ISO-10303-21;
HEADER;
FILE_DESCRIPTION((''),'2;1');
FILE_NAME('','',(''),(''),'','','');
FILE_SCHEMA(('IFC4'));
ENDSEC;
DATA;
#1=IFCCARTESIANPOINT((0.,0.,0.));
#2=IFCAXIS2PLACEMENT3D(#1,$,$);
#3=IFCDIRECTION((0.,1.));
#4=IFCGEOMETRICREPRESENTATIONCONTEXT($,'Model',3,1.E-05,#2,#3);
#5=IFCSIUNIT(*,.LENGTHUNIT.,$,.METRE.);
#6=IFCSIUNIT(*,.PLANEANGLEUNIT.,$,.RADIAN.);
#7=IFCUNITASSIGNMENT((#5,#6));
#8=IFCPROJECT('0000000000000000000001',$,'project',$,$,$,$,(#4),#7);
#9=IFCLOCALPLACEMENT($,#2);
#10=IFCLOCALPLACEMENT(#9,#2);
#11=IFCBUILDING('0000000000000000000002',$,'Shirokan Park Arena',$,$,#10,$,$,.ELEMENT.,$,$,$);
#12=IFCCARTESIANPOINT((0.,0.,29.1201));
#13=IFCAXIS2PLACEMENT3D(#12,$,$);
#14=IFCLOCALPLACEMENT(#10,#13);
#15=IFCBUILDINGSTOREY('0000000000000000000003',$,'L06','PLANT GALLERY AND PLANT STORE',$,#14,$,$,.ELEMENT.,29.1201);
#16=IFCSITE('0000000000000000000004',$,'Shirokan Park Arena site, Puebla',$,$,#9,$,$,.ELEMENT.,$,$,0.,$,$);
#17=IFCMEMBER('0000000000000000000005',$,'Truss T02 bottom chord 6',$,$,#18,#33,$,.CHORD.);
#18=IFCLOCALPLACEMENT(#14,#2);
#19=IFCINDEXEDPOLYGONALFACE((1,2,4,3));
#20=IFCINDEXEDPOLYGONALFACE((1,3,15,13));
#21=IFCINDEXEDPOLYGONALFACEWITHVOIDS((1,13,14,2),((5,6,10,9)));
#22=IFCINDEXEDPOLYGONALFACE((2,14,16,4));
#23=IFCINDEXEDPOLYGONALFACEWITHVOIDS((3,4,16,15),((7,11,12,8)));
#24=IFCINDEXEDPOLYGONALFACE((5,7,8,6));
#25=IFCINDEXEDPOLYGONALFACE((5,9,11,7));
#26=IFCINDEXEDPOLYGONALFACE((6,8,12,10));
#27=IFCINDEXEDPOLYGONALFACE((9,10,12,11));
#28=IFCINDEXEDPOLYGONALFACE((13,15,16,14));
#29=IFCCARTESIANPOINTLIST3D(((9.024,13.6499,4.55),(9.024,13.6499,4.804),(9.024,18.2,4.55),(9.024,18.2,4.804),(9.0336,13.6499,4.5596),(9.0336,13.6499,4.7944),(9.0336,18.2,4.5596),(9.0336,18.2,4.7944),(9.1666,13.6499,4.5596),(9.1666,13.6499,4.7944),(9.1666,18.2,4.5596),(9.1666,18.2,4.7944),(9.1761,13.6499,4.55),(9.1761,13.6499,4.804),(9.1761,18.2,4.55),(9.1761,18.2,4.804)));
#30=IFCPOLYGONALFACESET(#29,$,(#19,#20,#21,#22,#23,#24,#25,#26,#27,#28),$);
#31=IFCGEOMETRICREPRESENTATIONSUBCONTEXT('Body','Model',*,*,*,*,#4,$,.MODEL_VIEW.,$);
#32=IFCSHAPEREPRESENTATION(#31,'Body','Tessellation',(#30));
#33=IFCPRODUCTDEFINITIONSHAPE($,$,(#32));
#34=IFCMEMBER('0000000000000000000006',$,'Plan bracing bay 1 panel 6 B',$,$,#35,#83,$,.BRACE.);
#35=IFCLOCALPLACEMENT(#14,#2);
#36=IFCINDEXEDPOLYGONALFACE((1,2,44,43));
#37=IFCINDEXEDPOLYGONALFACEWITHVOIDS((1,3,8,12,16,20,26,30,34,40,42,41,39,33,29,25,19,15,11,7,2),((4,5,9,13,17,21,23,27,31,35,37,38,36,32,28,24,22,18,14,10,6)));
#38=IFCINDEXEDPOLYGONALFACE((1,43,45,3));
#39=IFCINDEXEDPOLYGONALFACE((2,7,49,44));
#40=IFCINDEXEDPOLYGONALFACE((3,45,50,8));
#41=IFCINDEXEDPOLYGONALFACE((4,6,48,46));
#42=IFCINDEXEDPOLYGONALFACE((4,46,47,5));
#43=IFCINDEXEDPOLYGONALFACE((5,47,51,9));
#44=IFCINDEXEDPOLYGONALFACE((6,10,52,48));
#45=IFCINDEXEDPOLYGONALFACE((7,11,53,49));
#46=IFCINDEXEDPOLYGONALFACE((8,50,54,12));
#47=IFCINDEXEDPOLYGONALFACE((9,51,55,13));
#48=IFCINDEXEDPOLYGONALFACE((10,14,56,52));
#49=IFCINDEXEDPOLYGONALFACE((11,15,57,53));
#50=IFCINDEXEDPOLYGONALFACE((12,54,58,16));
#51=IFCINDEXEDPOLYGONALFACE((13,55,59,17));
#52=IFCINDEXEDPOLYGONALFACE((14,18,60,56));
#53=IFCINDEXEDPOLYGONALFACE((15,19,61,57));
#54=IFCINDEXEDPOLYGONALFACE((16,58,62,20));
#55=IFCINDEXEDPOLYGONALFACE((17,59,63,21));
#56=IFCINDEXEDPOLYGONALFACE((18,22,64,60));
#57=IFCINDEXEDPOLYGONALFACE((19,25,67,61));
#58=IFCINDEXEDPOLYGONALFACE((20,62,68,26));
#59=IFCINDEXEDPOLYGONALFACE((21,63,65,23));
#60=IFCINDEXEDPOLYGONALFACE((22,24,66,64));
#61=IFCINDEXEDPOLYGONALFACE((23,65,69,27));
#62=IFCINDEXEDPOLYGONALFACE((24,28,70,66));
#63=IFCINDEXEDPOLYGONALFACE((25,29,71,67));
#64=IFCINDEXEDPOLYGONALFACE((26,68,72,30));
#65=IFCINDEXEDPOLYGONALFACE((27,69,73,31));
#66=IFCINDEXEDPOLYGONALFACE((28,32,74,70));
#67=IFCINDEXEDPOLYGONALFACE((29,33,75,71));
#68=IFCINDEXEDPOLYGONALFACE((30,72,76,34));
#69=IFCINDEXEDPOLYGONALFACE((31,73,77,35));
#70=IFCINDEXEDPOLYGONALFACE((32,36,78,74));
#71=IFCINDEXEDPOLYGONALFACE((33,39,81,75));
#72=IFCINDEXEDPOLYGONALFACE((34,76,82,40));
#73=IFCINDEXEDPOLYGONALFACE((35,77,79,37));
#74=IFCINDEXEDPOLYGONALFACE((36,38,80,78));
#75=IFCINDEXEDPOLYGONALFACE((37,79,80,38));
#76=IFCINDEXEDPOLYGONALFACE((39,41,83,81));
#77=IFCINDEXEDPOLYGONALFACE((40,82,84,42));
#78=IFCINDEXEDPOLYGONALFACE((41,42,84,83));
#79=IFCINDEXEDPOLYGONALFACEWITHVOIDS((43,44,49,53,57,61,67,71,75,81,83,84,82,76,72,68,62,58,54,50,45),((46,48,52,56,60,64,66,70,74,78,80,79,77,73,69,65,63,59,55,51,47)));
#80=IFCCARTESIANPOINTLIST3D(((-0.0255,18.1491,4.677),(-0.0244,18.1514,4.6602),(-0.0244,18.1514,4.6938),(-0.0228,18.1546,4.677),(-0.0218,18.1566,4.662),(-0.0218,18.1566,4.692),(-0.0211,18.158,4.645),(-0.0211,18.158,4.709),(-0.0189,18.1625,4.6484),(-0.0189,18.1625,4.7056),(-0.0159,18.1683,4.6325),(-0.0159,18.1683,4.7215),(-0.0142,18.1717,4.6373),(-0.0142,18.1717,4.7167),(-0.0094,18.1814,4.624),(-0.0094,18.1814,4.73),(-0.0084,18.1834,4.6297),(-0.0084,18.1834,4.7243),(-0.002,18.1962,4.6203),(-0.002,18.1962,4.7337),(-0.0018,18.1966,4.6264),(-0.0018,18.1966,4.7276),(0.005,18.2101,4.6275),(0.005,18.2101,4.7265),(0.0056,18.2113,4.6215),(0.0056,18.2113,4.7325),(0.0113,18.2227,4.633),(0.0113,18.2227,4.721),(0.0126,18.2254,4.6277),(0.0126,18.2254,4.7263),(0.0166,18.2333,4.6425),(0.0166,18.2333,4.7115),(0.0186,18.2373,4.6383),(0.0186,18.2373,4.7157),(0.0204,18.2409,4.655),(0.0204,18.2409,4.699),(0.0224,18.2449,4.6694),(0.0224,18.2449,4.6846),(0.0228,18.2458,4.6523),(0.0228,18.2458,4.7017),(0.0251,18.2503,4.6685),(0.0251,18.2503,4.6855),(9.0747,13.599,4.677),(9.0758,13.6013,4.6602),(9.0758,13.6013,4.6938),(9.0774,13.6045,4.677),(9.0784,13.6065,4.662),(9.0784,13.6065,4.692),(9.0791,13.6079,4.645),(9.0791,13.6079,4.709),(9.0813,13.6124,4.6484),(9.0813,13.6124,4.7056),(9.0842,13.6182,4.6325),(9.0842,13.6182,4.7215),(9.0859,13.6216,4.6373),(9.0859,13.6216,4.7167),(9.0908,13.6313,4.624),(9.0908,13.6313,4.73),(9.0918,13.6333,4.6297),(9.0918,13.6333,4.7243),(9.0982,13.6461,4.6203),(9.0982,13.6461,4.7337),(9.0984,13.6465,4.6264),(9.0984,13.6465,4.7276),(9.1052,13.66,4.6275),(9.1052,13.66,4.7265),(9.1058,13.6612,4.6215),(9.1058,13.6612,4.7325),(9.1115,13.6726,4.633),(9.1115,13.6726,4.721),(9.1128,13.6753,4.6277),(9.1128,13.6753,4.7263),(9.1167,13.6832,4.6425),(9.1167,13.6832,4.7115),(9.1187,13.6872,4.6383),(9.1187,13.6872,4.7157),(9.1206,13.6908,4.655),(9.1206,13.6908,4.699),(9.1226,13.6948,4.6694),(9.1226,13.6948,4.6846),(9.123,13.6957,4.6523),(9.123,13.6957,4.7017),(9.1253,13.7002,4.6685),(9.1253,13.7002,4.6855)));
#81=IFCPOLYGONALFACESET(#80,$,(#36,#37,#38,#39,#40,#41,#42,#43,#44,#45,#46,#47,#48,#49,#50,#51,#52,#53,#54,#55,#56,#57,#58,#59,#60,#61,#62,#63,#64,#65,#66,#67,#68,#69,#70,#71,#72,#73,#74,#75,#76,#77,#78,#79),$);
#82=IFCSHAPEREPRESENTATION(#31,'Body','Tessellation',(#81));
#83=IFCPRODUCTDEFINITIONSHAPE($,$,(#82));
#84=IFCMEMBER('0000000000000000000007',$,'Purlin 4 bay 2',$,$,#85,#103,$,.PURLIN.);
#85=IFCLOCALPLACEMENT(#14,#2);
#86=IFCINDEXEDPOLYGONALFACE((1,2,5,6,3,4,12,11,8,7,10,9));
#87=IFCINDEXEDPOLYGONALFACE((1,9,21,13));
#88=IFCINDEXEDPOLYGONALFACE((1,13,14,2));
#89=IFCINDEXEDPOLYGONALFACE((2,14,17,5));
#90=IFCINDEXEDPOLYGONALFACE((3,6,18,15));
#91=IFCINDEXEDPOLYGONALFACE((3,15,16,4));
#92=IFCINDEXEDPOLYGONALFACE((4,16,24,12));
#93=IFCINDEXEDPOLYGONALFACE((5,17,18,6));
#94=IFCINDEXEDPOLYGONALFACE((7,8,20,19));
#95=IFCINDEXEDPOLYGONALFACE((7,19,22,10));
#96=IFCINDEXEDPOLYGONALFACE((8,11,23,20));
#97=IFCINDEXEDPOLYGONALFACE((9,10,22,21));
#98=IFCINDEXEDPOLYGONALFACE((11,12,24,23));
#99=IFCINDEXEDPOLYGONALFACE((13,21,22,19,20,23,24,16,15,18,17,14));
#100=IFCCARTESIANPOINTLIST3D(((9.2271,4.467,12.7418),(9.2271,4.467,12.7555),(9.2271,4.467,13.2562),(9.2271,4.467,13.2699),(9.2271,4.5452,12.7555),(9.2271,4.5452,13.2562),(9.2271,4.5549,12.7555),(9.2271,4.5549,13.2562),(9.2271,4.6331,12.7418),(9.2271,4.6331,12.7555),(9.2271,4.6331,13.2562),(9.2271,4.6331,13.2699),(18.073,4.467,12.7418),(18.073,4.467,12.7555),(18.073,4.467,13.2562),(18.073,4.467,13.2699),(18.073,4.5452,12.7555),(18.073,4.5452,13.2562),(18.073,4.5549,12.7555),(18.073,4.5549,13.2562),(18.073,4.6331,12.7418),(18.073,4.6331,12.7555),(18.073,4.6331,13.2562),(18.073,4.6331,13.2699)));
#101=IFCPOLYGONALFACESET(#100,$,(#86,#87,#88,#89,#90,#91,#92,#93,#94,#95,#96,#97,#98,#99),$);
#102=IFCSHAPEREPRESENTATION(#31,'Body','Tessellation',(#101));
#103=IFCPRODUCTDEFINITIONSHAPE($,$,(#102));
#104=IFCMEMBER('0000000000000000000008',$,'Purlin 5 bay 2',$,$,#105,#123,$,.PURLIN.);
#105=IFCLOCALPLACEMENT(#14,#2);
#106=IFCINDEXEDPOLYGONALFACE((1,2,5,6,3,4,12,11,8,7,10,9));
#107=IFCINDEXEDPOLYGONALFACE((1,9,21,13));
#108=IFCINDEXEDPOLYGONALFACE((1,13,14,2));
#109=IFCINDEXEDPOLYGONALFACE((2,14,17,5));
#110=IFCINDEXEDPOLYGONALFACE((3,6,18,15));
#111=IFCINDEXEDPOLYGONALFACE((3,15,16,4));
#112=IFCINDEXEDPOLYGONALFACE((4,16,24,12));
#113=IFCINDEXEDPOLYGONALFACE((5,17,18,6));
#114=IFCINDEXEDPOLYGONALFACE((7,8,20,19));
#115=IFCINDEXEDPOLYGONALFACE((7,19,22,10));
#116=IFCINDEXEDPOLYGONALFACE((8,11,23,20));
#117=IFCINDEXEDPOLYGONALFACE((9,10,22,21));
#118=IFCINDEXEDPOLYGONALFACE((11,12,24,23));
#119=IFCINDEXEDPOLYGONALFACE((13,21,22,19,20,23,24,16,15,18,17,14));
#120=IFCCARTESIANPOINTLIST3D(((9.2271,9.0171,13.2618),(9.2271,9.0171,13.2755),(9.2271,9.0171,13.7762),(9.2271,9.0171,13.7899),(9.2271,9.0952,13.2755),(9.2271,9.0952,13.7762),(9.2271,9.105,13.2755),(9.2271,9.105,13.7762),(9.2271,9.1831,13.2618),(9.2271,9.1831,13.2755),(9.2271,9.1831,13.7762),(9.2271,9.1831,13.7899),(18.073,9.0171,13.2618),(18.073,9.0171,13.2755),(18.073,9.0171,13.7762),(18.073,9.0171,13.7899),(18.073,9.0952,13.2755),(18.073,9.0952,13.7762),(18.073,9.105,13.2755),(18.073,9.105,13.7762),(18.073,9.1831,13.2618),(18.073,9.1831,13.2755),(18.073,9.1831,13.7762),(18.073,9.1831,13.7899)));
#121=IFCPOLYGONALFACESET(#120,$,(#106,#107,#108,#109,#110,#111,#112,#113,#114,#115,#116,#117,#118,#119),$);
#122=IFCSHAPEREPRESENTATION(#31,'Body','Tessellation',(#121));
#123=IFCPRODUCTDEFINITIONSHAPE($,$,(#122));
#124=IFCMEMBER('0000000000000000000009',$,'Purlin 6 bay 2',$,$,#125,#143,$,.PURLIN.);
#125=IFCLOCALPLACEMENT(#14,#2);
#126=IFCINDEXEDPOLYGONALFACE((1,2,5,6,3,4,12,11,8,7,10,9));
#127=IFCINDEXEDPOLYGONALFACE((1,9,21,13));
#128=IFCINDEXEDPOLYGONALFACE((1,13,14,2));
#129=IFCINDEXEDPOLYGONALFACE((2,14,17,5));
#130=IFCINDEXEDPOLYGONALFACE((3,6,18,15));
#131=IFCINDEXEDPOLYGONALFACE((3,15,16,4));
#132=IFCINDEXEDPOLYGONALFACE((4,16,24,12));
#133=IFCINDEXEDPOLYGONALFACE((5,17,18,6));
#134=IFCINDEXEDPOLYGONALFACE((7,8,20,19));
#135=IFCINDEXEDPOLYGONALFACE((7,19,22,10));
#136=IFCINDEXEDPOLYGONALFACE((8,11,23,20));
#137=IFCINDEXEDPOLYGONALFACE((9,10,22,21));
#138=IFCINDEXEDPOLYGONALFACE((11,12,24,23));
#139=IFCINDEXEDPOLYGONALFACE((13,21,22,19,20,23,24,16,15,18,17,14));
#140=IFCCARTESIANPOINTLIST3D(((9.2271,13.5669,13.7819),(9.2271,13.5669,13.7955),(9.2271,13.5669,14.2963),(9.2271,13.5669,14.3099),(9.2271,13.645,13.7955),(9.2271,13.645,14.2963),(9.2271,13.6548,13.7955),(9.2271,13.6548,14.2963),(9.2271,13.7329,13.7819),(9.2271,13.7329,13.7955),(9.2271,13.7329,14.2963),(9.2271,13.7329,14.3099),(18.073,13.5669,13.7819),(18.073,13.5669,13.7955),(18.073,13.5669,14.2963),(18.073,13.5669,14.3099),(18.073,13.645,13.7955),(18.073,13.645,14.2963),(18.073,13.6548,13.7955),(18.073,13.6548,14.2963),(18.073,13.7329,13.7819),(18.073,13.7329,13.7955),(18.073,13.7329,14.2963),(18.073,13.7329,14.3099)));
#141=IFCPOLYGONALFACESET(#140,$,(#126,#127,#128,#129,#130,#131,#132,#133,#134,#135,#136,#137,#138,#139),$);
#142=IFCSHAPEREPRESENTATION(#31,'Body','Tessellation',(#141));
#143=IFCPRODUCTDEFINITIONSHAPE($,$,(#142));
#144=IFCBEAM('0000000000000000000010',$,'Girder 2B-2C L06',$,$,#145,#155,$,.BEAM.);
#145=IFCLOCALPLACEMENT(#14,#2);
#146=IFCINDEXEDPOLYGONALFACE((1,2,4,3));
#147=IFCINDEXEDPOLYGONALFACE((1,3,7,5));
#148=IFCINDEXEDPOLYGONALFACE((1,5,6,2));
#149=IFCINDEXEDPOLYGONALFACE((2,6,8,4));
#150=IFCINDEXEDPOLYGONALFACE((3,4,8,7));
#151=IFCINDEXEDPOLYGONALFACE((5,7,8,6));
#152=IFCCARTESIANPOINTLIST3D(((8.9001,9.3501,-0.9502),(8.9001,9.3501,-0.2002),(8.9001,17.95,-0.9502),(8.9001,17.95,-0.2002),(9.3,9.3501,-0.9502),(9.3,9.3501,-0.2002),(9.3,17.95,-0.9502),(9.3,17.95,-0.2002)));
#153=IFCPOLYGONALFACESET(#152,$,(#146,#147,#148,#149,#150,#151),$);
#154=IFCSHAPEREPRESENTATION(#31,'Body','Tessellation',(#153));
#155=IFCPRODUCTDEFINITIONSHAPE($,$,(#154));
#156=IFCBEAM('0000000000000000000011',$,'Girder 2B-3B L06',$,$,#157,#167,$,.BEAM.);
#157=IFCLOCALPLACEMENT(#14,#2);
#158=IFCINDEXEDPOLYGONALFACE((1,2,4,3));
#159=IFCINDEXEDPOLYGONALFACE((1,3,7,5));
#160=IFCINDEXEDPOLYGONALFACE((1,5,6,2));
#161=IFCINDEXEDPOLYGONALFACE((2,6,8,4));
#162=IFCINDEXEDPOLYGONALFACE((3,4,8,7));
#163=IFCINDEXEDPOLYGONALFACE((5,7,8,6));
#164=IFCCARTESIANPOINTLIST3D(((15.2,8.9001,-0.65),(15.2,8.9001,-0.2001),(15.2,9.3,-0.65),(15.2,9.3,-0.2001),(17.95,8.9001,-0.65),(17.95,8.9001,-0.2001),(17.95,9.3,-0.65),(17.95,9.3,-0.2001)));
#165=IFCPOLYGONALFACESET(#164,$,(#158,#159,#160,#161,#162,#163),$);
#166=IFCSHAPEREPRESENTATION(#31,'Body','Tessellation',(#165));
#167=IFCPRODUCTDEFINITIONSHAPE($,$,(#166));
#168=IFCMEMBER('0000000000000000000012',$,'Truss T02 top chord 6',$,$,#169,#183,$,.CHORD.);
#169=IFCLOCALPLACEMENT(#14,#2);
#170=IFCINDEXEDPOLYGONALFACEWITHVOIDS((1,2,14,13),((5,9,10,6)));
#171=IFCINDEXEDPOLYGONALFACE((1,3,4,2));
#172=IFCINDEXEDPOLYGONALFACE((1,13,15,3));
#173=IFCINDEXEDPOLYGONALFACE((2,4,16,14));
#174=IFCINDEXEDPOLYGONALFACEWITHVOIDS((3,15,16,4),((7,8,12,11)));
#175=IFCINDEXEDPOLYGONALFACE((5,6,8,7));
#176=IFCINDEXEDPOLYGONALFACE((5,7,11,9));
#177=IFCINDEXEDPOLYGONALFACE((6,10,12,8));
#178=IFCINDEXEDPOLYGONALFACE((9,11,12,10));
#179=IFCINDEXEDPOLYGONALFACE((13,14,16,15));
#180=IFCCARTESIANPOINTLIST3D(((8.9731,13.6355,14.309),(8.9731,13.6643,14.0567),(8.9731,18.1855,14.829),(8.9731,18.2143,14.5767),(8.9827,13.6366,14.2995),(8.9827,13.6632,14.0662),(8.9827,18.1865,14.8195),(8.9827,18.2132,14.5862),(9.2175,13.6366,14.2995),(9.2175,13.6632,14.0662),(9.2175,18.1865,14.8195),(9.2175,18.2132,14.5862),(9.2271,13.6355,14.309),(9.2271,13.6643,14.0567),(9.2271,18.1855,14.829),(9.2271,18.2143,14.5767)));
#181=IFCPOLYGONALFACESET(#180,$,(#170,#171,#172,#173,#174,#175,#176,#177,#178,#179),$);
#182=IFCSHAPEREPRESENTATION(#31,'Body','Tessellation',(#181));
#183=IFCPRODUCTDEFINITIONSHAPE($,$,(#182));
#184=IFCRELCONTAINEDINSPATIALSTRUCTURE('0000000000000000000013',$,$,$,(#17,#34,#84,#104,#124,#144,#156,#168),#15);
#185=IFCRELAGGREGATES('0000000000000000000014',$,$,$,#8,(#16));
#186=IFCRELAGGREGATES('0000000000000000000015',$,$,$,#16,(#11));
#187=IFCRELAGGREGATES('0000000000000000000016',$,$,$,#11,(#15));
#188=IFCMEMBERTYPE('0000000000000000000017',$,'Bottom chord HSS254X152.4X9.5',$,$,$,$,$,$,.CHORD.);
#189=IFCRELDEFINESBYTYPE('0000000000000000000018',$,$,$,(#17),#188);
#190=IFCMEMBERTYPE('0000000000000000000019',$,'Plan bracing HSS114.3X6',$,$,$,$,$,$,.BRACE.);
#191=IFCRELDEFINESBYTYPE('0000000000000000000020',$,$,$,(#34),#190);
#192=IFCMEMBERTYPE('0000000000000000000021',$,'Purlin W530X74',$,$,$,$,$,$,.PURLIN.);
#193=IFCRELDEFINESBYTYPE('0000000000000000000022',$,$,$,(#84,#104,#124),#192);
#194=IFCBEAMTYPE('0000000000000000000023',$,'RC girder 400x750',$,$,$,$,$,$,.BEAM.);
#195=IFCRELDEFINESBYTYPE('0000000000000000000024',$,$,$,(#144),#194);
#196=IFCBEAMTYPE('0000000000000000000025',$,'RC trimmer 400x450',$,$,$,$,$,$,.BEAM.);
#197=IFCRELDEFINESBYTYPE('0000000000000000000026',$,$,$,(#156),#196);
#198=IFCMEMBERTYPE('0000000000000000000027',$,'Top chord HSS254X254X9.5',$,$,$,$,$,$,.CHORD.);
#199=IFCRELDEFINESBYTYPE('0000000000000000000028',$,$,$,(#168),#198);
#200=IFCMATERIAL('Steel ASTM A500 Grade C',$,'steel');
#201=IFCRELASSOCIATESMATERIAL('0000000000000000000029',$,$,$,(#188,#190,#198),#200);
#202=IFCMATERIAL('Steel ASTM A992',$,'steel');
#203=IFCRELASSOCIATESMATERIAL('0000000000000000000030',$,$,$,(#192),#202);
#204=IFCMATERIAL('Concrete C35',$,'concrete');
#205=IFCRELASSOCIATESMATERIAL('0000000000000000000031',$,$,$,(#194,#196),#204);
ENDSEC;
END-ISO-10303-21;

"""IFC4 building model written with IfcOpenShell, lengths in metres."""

from ifc_helpers import new_model, si_unit, direction, frame, origin, origin_2d, place, context, subcontext, project, spatial, rectangle, hollow_rectangle, hollow_circle, i_section, extrude, material, material_profile, profile_set, type_object, element, save


model = new_model("IFC4")

# Units and contexts
model_context = context("Model", 3, precision=1e-05, world=origin(), true_north=direction((0.0, 1.0)))
body_context = subcontext(model_context, "Body", "Model", "MODEL_VIEW")
ifc_project = project(units=[si_unit("LENGTHUNIT", "METRE"), si_unit("PLANEANGLEUNIT", "RADIAN")], contexts=[model_context])

# Site, building, storey
site_placement = place(None, origin())
site = spatial("IfcSite", under=ifc_project, at=site_placement, Name="Shirokan Park Arena site, Puebla", CompositionType="ELEMENT", RefElevation=0.0)
building_placement = place(site_placement, origin())
building = spatial("IfcBuilding", under=site, at=building_placement, Name="Shirokan Park Arena", CompositionType="ELEMENT")
storey_placement = place(building_placement, frame((0.0, 0.0, 29.1201)))
storey = spatial("IfcBuildingStorey", under=building, at=storey_placement, Name="L06", Description="PLANT GALLERY AND PLANT STORE", CompositionType="ELEMENT", Elevation=29.1201)

# Members
ifc_material_1 = material(Name="Steel ASTM A500 Grade C", Category="steel")
ifc_material_profile_1 = material_profile(ifc_material_1, hollow_rectangle(XDim=0.1521, YDim=0.2539, WallThickness=0.0095, at=origin_2d()), Name="HSS254X152.4X9.5")
ifc_profile_set_1 = profile_set([ifc_material_profile_1], Name="Steel ASTM A500 Grade C")
member_type_1 = type_object("IfcMemberType", Name="Bottom chord HSS254X152.4X9.5", PredefinedType="CHORD", material=ifc_profile_set_1)
member_1_placement = place(storey_placement, frame((9.1001, 13.6499, 4.677), z_axis=(0.0, 1.0, 0.0), x_axis=(-1.0, 0.0, 0.0)))
element("IfcMember", 1, at=member_1_placement, inside=storey, type_object=member_type_1, Name="Truss T02 bottom chord 6", PredefinedType="CHORD", context=body_context, shape_type="SweptSolid", body=[
    extrude(hollow_rectangle(XDim=0.1521, YDim=0.2539, WallThickness=0.0095, at=origin_2d()), origin(), (0.0, 0.0, 1.0), 4.55),
])
ifc_material_profile_2 = material_profile(ifc_material_1, hollow_circle(Radius=0.0569, WallThickness=0.0061, at=origin_2d()), Name="HSS114.3X6")
ifc_profile_set_2 = profile_set([ifc_material_profile_2], Name="Steel ASTM A500 Grade C")
member_type_2 = type_object("IfcMemberType", Name="Plan bracing HSS114.3X6", PredefinedType="BRACE", material=ifc_profile_set_2)
member_2_placement = place(storey_placement, frame((9.1001, 13.6499, 4.677), z_axis=(-0.894427, 0.447214, 0.0), x_axis=(-0.447214, -0.894427, 0.0)))
element("IfcMember", 2, at=member_2_placement, inside=storey, type_object=member_type_2, Name="Plan bracing bay 1 panel 6 B", PredefinedType="BRACE", context=body_context, shape_type="SweptSolid", body=[
    extrude(hollow_circle(Radius=0.0569, WallThickness=0.0061, at=origin_2d()), origin(), (0.0, 0.0, 1.0), 10.1743),
])
ifc_material_2 = material(Name="Steel ASTM A992", Category="steel")
ifc_material_profile_3 = material_profile(ifc_material_2, i_section(OverallWidth=0.166, OverallDepth=0.5281, WebThickness=0.0098, FlangeThickness=0.0137, at=origin_2d()), Name="W530X74")
ifc_profile_set_3 = profile_set([ifc_material_profile_3], Name="Steel ASTM A992")
member_type_3 = type_object("IfcMemberType", Name="Purlin W530X74", PredefinedType="PURLIN", material=ifc_profile_set_3)
for number, where, z_axis, x_axis, name in (
    (3, (9.2271, 4.55, 13.0059), (1.0, 0.0, 0.0), (0.0, 1.0, 0.0), "Purlin 4 bay 2"),
    (4, (9.2271, 9.1001, 13.5259), (1.0, 0.0, 0.0), (0.0, 1.0, 0.0), "Purlin 5 bay 2"),
    (5, (9.2271, 13.6499, 14.0459), (1.0, 0.0, 0.0), (0.0, 1.0, 0.0), "Purlin 6 bay 2"),
):
    element("IfcMember", number, at=place(storey_placement, frame(where, z_axis=z_axis, x_axis=x_axis)), inside=storey, type_object=member_type_3, Name=name, PredefinedType="PURLIN", context=body_context, shape_type="SweptSolid", body=[
        extrude(i_section(OverallWidth=0.166, OverallDepth=0.5281, WebThickness=0.0098, FlangeThickness=0.0137, at=origin_2d()), origin(), (0.0, 0.0, 1.0), 8.8459),
    ])

# Beams
ifc_material_3 = material(Name="Concrete C35", Category="concrete")
ifc_material_profile_4 = material_profile(ifc_material_3, rectangle(XDim=0.3999, YDim=0.75, at=origin_2d()), Name="400x750")
ifc_profile_set_4 = profile_set([ifc_material_profile_4], Name="Concrete C35")
beam_type_1 = type_object("IfcBeamType", Name="RC girder 400x750", PredefinedType="BEAM", material=ifc_profile_set_4)
beam_1_placement = place(storey_placement, frame((9.1001, 9.3501, -0.5752), z_axis=(0.0, 1.0, 0.0), x_axis=(-1.0, 0.0, 0.0)))
element("IfcBeam", 6, at=beam_1_placement, inside=storey, type_object=beam_type_1, Name="Girder 2B-2C L06", PredefinedType="BEAM", context=body_context, shape_type="SweptSolid", body=[
    extrude(rectangle(XDim=0.3999, YDim=0.75, at=origin_2d()), origin(), (0.0, 0.0, 1.0), 8.5999),
])
ifc_material_profile_5 = material_profile(ifc_material_3, rectangle(XDim=0.3999, YDim=0.45, at=origin_2d()), Name="400x450")
ifc_profile_set_5 = profile_set([ifc_material_profile_5], Name="Concrete C35")
beam_type_2 = type_object("IfcBeamType", Name="RC trimmer 400x450", PredefinedType="BEAM", material=ifc_profile_set_5)
beam_2_placement = place(storey_placement, frame((15.2, 9.1001, -0.425), z_axis=(1.0, 0.0, 0.0), x_axis=(0.0, 1.0, 0.0)))
element("IfcBeam", 7, at=beam_2_placement, inside=storey, type_object=beam_type_2, Name="Girder 2B-3B L06", PredefinedType="BEAM", context=body_context, shape_type="SweptSolid", body=[
    extrude(rectangle(XDim=0.3999, YDim=0.45, at=origin_2d()), origin(), (0.0, 0.0, 1.0), 2.75),
])

# Member
ifc_material_profile_6 = material_profile(ifc_material_1, hollow_rectangle(XDim=0.2539, YDim=0.2539, WallThickness=0.0095, at=origin_2d()), Name="HSS254X254X9.5")
ifc_profile_set_6 = profile_set([ifc_material_profile_6], Name="Steel ASTM A500 Grade C")
member_type_4 = type_object("IfcMemberType", Name="Top chord HSS254X254X9.5", PredefinedType="CHORD", material=ifc_profile_set_6)
member_3_placement = place(storey_placement, frame((9.1001, 13.6499, 14.1829), z_axis=(0.0, 0.993532, 0.11355), x_axis=(-1.0, 0.0, 0.0)))
element("IfcMember", 8, at=member_3_placement, inside=storey, type_object=member_type_4, Name="Truss T02 top chord 6", PredefinedType="CHORD", context=body_context, shape_type="SweptSolid", body=[
    extrude(hollow_rectangle(XDim=0.2539, YDim=0.2539, WallThickness=0.0095, at=origin_2d()), origin(), (0.0, 0.0, 1.0), 4.5796),
])

save(model, "model.ifc")
